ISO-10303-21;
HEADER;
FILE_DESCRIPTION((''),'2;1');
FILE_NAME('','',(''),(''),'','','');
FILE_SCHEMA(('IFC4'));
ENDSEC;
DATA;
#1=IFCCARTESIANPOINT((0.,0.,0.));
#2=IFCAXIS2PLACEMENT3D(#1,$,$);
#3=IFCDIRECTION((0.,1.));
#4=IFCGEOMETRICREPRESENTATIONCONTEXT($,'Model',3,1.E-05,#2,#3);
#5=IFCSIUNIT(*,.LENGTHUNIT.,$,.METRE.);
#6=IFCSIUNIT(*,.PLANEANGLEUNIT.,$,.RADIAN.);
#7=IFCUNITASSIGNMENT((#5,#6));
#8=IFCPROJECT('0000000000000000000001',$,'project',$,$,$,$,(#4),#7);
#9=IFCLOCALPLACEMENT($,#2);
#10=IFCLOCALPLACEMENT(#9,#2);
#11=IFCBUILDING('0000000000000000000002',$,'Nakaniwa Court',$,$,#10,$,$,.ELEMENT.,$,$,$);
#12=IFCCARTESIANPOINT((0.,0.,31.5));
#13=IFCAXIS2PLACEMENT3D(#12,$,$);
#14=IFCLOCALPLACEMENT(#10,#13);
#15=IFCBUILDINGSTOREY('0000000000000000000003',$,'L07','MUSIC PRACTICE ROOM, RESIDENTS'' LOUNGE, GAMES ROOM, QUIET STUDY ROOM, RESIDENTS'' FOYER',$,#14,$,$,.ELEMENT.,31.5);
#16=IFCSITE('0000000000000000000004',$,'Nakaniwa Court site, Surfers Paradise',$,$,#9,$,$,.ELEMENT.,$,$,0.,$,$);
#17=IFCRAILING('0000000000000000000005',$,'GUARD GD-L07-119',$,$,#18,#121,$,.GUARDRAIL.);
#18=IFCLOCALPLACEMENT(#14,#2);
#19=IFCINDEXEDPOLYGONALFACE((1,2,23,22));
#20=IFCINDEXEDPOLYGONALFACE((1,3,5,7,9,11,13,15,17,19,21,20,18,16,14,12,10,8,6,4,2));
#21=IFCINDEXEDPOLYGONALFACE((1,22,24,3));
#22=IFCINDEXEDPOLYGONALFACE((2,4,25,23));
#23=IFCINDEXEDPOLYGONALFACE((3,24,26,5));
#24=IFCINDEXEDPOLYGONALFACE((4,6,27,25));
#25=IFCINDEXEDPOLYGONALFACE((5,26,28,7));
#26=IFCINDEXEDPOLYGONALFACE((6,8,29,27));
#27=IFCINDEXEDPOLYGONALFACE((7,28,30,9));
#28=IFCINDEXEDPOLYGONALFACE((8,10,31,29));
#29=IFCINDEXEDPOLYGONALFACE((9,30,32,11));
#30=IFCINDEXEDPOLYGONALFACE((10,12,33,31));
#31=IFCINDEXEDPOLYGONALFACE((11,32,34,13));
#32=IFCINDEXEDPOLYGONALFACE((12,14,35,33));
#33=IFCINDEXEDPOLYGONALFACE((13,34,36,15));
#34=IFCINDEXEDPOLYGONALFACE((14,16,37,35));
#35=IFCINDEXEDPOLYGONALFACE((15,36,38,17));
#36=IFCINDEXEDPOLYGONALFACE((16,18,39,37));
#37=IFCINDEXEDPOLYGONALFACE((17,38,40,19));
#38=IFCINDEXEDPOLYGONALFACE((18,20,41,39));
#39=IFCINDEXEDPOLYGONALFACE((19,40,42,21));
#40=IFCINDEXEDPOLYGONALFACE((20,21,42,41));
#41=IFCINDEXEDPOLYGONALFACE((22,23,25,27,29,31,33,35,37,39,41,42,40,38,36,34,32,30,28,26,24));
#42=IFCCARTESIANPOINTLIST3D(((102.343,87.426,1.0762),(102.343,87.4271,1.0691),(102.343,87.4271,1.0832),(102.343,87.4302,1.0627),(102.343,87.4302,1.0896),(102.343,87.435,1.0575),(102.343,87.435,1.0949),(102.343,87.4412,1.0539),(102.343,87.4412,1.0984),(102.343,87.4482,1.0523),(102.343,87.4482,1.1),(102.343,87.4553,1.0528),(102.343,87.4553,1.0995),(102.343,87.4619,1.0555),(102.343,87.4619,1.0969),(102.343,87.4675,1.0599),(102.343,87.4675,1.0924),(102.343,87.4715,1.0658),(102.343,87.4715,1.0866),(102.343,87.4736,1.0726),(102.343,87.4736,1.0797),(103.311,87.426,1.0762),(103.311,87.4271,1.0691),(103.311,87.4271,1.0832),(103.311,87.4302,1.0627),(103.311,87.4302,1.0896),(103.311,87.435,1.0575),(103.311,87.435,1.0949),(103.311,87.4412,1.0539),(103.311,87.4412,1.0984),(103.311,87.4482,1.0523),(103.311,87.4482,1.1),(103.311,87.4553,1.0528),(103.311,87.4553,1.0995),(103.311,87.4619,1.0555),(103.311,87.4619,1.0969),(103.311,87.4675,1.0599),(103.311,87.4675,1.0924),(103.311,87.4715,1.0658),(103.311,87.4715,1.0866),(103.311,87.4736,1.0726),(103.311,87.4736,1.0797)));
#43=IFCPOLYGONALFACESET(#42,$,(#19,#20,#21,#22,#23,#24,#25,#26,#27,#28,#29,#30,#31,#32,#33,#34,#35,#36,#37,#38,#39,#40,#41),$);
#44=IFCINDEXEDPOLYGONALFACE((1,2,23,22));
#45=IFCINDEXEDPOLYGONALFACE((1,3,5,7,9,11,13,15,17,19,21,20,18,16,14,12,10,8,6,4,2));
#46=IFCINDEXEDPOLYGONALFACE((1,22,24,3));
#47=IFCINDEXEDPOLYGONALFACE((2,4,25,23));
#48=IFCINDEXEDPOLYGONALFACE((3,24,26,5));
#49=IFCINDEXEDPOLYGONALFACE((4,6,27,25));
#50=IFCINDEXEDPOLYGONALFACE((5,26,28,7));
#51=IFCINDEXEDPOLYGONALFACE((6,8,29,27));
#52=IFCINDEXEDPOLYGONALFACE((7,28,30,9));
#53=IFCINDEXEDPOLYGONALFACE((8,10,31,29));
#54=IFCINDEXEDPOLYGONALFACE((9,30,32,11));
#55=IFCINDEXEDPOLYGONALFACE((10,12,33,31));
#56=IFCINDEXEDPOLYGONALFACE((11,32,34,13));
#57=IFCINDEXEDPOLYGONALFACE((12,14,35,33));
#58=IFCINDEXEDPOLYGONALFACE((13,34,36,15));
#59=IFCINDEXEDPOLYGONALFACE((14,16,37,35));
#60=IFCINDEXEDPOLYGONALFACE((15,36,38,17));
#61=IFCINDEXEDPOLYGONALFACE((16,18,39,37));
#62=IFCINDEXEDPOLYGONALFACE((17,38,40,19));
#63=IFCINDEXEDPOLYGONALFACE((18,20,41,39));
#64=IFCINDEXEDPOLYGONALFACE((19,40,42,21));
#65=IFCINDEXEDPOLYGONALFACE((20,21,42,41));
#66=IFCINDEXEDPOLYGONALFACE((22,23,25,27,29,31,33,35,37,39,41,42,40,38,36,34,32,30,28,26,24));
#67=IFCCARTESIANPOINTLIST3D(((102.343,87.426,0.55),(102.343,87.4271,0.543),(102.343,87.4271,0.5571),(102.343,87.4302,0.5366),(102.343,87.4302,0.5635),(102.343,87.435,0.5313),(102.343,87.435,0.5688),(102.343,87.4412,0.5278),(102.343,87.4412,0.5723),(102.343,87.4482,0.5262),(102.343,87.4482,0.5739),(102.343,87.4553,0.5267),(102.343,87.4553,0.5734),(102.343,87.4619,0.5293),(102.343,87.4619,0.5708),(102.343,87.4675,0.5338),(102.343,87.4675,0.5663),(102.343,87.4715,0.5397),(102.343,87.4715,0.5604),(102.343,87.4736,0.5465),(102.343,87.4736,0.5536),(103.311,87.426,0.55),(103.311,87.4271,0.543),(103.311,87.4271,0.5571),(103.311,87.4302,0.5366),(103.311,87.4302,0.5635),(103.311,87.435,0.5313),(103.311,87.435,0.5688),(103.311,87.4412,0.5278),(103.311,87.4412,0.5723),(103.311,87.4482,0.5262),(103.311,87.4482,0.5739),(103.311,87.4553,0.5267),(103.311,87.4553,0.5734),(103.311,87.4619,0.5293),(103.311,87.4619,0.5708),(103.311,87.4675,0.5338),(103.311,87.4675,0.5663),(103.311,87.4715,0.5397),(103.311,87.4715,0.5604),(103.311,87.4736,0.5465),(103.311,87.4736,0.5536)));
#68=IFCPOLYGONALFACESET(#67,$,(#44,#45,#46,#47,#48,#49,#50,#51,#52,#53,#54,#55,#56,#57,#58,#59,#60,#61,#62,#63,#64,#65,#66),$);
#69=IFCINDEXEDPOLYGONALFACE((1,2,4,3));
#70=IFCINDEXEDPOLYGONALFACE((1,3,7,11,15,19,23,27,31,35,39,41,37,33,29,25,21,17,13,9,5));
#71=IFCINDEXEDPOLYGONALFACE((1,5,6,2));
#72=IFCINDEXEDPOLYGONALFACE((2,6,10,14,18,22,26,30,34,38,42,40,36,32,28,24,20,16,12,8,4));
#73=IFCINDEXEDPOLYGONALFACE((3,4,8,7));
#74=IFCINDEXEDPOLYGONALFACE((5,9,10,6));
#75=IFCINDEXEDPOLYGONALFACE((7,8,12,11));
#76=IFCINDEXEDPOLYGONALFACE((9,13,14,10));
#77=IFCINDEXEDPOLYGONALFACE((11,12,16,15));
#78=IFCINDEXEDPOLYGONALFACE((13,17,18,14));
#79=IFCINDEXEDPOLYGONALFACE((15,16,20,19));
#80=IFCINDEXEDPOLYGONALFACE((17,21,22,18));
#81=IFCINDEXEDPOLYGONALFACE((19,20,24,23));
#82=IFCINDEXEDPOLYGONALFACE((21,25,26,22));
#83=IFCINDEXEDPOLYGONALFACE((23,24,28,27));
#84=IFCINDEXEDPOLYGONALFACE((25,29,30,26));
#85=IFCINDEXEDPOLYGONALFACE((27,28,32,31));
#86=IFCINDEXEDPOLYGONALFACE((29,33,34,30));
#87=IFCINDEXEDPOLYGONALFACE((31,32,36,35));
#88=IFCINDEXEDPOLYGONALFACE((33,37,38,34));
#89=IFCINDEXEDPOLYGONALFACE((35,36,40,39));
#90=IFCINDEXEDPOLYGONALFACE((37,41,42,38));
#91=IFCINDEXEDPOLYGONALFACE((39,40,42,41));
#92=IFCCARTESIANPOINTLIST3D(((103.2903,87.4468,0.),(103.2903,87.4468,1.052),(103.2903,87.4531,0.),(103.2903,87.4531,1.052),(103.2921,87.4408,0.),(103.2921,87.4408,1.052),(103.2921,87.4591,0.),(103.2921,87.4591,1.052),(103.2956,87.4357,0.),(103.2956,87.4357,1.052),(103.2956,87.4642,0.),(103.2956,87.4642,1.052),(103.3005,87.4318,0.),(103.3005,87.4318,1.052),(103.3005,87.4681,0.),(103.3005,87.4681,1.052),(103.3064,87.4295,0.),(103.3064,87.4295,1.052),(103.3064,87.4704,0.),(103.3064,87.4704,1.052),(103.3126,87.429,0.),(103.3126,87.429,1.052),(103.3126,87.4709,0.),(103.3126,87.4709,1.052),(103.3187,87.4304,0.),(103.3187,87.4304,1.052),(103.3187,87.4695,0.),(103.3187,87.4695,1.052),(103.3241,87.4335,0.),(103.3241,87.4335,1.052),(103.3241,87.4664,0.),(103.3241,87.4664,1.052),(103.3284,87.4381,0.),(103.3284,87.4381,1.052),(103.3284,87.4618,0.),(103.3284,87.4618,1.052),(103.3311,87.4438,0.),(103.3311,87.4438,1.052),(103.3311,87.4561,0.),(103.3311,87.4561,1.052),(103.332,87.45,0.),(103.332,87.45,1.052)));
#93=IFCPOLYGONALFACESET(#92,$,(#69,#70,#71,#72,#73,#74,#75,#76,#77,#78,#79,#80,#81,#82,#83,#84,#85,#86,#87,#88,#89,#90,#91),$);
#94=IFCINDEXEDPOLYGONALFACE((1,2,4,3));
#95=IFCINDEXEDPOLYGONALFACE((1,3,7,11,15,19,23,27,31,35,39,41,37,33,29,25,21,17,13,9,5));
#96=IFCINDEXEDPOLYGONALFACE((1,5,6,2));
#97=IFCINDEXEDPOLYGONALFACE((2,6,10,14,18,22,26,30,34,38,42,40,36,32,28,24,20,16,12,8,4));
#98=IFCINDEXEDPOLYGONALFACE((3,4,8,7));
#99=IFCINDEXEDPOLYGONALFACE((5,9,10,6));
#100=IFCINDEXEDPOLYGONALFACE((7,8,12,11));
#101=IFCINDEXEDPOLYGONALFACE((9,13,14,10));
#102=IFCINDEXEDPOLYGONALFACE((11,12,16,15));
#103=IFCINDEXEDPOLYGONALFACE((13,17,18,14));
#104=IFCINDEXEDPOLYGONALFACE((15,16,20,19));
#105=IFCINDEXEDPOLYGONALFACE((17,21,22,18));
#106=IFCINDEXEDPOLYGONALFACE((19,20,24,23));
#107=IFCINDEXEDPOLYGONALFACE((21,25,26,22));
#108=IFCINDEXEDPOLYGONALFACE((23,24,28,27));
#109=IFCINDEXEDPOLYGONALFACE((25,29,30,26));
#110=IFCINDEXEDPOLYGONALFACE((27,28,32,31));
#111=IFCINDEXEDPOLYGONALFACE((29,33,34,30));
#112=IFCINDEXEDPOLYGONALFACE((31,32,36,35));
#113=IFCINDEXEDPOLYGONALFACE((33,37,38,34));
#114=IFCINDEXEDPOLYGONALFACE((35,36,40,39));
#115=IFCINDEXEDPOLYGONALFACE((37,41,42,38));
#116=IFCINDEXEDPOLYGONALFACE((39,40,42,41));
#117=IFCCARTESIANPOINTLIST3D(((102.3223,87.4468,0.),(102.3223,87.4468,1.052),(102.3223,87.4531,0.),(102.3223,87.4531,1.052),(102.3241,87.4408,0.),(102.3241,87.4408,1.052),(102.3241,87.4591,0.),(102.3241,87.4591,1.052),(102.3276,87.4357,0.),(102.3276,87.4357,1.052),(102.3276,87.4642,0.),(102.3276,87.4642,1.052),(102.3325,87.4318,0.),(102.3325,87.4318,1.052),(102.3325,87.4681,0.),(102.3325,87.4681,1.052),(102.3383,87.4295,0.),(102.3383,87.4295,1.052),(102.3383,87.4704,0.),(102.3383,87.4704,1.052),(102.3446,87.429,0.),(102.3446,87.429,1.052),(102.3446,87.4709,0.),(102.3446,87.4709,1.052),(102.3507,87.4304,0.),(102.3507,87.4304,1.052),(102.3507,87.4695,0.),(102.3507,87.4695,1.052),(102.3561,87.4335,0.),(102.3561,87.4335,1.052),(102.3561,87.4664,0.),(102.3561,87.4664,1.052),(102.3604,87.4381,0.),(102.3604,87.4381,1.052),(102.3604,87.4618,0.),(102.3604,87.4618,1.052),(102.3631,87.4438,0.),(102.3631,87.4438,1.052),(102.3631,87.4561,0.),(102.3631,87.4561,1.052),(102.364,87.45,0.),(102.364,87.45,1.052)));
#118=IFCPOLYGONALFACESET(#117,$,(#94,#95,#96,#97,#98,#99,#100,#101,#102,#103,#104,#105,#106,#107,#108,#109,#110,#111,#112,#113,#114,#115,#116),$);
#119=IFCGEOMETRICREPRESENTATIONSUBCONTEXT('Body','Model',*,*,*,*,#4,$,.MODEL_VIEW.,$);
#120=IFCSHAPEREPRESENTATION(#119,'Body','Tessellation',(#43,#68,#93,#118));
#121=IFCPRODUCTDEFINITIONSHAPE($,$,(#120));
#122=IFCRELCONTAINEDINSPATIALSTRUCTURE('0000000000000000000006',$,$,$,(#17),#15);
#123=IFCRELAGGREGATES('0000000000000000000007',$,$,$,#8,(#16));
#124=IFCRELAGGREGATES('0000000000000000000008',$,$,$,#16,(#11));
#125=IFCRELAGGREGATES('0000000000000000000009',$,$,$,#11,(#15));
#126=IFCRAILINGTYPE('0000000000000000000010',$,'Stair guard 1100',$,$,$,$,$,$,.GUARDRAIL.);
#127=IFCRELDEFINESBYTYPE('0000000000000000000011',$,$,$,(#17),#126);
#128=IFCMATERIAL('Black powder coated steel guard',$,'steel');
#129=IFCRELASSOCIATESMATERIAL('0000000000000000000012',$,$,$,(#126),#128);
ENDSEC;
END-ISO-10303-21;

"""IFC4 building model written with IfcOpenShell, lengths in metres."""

from ifc_helpers import new_model, si_unit, direction, frame, origin, origin_2d, place, context, subcontext, project, spatial, circle, extrude, material, type_object, element, save


model = new_model("IFC4")

# Units and contexts
model_context = context("Model", 3, precision=1e-05, world=origin(), true_north=direction((0.0, 1.0)))
body_context = subcontext(model_context, "Body", "Model", "MODEL_VIEW")
ifc_project = project(units=[si_unit("LENGTHUNIT", "METRE"), si_unit("PLANEANGLEUNIT", "RADIAN")], contexts=[model_context])

# Site, building, storey
site_placement = place(None, origin())
site = spatial("IfcSite", under=ifc_project, at=site_placement, Name="Nakaniwa Court site, Surfers Paradise", CompositionType="ELEMENT", RefElevation=0.0)
building_placement = place(site_placement, origin())
building = spatial("IfcBuilding", under=site, at=building_placement, Name="Nakaniwa Court", CompositionType="ELEMENT")
storey_placement = place(building_placement, frame((0.0, 0.0, 31.5)))
storey = spatial("IfcBuildingStorey", under=building, at=storey_placement, Name="L07", Description="MUSIC PRACTICE ROOM, RESIDENTS' LOUNGE, GAMES ROOM, QUIET STUDY ROOM, RESIDENTS' FOYER", CompositionType="ELEMENT", Elevation=31.5)

# Railing
ifc_material_1 = material(Name="Black powder coated steel guard", Category="steel")
railing_type = type_object("IfcRailingType", Name="Stair guard 1100", PredefinedType="GUARDRAIL", material=ifc_material_1)
railing_1_placement = place(storey_placement, frame((103.311, 87.45, 0.0)))
element("IfcRailing", 1, at=railing_1_placement, inside=storey, type_object=railing_type, Name="GUARD GD-L07-119", PredefinedType="GUARDRAIL", context=body_context, shape_type="SweptSolid", body=[
    extrude(circle(Radius=0.0239, at=origin_2d()), frame((0.0, 0.0, 1.0762), z_axis=(-1.0, 0.0, 0.0), x_axis=(0.0, -1.0, 0.0)), (0.0, 0.0, 1.0), 0.968),
    extrude(circle(Radius=0.0239, at=origin_2d()), frame((0.0, 0.0, 0.55), z_axis=(-1.0, 0.0, 0.0), x_axis=(0.0, -1.0, 0.0)), (0.0, 0.0, 1.0), 0.968),
    extrude(circle(Radius=0.021, at=origin_2d()), origin(), (0.0, 0.0, 1.0), 1.052),
    extrude(circle(Radius=0.021, at=origin_2d()), frame((-0.968, 0.0, 0.0)), (0.0, 0.0, 1.0), 1.052),
])

save(model, "model.ifc")
